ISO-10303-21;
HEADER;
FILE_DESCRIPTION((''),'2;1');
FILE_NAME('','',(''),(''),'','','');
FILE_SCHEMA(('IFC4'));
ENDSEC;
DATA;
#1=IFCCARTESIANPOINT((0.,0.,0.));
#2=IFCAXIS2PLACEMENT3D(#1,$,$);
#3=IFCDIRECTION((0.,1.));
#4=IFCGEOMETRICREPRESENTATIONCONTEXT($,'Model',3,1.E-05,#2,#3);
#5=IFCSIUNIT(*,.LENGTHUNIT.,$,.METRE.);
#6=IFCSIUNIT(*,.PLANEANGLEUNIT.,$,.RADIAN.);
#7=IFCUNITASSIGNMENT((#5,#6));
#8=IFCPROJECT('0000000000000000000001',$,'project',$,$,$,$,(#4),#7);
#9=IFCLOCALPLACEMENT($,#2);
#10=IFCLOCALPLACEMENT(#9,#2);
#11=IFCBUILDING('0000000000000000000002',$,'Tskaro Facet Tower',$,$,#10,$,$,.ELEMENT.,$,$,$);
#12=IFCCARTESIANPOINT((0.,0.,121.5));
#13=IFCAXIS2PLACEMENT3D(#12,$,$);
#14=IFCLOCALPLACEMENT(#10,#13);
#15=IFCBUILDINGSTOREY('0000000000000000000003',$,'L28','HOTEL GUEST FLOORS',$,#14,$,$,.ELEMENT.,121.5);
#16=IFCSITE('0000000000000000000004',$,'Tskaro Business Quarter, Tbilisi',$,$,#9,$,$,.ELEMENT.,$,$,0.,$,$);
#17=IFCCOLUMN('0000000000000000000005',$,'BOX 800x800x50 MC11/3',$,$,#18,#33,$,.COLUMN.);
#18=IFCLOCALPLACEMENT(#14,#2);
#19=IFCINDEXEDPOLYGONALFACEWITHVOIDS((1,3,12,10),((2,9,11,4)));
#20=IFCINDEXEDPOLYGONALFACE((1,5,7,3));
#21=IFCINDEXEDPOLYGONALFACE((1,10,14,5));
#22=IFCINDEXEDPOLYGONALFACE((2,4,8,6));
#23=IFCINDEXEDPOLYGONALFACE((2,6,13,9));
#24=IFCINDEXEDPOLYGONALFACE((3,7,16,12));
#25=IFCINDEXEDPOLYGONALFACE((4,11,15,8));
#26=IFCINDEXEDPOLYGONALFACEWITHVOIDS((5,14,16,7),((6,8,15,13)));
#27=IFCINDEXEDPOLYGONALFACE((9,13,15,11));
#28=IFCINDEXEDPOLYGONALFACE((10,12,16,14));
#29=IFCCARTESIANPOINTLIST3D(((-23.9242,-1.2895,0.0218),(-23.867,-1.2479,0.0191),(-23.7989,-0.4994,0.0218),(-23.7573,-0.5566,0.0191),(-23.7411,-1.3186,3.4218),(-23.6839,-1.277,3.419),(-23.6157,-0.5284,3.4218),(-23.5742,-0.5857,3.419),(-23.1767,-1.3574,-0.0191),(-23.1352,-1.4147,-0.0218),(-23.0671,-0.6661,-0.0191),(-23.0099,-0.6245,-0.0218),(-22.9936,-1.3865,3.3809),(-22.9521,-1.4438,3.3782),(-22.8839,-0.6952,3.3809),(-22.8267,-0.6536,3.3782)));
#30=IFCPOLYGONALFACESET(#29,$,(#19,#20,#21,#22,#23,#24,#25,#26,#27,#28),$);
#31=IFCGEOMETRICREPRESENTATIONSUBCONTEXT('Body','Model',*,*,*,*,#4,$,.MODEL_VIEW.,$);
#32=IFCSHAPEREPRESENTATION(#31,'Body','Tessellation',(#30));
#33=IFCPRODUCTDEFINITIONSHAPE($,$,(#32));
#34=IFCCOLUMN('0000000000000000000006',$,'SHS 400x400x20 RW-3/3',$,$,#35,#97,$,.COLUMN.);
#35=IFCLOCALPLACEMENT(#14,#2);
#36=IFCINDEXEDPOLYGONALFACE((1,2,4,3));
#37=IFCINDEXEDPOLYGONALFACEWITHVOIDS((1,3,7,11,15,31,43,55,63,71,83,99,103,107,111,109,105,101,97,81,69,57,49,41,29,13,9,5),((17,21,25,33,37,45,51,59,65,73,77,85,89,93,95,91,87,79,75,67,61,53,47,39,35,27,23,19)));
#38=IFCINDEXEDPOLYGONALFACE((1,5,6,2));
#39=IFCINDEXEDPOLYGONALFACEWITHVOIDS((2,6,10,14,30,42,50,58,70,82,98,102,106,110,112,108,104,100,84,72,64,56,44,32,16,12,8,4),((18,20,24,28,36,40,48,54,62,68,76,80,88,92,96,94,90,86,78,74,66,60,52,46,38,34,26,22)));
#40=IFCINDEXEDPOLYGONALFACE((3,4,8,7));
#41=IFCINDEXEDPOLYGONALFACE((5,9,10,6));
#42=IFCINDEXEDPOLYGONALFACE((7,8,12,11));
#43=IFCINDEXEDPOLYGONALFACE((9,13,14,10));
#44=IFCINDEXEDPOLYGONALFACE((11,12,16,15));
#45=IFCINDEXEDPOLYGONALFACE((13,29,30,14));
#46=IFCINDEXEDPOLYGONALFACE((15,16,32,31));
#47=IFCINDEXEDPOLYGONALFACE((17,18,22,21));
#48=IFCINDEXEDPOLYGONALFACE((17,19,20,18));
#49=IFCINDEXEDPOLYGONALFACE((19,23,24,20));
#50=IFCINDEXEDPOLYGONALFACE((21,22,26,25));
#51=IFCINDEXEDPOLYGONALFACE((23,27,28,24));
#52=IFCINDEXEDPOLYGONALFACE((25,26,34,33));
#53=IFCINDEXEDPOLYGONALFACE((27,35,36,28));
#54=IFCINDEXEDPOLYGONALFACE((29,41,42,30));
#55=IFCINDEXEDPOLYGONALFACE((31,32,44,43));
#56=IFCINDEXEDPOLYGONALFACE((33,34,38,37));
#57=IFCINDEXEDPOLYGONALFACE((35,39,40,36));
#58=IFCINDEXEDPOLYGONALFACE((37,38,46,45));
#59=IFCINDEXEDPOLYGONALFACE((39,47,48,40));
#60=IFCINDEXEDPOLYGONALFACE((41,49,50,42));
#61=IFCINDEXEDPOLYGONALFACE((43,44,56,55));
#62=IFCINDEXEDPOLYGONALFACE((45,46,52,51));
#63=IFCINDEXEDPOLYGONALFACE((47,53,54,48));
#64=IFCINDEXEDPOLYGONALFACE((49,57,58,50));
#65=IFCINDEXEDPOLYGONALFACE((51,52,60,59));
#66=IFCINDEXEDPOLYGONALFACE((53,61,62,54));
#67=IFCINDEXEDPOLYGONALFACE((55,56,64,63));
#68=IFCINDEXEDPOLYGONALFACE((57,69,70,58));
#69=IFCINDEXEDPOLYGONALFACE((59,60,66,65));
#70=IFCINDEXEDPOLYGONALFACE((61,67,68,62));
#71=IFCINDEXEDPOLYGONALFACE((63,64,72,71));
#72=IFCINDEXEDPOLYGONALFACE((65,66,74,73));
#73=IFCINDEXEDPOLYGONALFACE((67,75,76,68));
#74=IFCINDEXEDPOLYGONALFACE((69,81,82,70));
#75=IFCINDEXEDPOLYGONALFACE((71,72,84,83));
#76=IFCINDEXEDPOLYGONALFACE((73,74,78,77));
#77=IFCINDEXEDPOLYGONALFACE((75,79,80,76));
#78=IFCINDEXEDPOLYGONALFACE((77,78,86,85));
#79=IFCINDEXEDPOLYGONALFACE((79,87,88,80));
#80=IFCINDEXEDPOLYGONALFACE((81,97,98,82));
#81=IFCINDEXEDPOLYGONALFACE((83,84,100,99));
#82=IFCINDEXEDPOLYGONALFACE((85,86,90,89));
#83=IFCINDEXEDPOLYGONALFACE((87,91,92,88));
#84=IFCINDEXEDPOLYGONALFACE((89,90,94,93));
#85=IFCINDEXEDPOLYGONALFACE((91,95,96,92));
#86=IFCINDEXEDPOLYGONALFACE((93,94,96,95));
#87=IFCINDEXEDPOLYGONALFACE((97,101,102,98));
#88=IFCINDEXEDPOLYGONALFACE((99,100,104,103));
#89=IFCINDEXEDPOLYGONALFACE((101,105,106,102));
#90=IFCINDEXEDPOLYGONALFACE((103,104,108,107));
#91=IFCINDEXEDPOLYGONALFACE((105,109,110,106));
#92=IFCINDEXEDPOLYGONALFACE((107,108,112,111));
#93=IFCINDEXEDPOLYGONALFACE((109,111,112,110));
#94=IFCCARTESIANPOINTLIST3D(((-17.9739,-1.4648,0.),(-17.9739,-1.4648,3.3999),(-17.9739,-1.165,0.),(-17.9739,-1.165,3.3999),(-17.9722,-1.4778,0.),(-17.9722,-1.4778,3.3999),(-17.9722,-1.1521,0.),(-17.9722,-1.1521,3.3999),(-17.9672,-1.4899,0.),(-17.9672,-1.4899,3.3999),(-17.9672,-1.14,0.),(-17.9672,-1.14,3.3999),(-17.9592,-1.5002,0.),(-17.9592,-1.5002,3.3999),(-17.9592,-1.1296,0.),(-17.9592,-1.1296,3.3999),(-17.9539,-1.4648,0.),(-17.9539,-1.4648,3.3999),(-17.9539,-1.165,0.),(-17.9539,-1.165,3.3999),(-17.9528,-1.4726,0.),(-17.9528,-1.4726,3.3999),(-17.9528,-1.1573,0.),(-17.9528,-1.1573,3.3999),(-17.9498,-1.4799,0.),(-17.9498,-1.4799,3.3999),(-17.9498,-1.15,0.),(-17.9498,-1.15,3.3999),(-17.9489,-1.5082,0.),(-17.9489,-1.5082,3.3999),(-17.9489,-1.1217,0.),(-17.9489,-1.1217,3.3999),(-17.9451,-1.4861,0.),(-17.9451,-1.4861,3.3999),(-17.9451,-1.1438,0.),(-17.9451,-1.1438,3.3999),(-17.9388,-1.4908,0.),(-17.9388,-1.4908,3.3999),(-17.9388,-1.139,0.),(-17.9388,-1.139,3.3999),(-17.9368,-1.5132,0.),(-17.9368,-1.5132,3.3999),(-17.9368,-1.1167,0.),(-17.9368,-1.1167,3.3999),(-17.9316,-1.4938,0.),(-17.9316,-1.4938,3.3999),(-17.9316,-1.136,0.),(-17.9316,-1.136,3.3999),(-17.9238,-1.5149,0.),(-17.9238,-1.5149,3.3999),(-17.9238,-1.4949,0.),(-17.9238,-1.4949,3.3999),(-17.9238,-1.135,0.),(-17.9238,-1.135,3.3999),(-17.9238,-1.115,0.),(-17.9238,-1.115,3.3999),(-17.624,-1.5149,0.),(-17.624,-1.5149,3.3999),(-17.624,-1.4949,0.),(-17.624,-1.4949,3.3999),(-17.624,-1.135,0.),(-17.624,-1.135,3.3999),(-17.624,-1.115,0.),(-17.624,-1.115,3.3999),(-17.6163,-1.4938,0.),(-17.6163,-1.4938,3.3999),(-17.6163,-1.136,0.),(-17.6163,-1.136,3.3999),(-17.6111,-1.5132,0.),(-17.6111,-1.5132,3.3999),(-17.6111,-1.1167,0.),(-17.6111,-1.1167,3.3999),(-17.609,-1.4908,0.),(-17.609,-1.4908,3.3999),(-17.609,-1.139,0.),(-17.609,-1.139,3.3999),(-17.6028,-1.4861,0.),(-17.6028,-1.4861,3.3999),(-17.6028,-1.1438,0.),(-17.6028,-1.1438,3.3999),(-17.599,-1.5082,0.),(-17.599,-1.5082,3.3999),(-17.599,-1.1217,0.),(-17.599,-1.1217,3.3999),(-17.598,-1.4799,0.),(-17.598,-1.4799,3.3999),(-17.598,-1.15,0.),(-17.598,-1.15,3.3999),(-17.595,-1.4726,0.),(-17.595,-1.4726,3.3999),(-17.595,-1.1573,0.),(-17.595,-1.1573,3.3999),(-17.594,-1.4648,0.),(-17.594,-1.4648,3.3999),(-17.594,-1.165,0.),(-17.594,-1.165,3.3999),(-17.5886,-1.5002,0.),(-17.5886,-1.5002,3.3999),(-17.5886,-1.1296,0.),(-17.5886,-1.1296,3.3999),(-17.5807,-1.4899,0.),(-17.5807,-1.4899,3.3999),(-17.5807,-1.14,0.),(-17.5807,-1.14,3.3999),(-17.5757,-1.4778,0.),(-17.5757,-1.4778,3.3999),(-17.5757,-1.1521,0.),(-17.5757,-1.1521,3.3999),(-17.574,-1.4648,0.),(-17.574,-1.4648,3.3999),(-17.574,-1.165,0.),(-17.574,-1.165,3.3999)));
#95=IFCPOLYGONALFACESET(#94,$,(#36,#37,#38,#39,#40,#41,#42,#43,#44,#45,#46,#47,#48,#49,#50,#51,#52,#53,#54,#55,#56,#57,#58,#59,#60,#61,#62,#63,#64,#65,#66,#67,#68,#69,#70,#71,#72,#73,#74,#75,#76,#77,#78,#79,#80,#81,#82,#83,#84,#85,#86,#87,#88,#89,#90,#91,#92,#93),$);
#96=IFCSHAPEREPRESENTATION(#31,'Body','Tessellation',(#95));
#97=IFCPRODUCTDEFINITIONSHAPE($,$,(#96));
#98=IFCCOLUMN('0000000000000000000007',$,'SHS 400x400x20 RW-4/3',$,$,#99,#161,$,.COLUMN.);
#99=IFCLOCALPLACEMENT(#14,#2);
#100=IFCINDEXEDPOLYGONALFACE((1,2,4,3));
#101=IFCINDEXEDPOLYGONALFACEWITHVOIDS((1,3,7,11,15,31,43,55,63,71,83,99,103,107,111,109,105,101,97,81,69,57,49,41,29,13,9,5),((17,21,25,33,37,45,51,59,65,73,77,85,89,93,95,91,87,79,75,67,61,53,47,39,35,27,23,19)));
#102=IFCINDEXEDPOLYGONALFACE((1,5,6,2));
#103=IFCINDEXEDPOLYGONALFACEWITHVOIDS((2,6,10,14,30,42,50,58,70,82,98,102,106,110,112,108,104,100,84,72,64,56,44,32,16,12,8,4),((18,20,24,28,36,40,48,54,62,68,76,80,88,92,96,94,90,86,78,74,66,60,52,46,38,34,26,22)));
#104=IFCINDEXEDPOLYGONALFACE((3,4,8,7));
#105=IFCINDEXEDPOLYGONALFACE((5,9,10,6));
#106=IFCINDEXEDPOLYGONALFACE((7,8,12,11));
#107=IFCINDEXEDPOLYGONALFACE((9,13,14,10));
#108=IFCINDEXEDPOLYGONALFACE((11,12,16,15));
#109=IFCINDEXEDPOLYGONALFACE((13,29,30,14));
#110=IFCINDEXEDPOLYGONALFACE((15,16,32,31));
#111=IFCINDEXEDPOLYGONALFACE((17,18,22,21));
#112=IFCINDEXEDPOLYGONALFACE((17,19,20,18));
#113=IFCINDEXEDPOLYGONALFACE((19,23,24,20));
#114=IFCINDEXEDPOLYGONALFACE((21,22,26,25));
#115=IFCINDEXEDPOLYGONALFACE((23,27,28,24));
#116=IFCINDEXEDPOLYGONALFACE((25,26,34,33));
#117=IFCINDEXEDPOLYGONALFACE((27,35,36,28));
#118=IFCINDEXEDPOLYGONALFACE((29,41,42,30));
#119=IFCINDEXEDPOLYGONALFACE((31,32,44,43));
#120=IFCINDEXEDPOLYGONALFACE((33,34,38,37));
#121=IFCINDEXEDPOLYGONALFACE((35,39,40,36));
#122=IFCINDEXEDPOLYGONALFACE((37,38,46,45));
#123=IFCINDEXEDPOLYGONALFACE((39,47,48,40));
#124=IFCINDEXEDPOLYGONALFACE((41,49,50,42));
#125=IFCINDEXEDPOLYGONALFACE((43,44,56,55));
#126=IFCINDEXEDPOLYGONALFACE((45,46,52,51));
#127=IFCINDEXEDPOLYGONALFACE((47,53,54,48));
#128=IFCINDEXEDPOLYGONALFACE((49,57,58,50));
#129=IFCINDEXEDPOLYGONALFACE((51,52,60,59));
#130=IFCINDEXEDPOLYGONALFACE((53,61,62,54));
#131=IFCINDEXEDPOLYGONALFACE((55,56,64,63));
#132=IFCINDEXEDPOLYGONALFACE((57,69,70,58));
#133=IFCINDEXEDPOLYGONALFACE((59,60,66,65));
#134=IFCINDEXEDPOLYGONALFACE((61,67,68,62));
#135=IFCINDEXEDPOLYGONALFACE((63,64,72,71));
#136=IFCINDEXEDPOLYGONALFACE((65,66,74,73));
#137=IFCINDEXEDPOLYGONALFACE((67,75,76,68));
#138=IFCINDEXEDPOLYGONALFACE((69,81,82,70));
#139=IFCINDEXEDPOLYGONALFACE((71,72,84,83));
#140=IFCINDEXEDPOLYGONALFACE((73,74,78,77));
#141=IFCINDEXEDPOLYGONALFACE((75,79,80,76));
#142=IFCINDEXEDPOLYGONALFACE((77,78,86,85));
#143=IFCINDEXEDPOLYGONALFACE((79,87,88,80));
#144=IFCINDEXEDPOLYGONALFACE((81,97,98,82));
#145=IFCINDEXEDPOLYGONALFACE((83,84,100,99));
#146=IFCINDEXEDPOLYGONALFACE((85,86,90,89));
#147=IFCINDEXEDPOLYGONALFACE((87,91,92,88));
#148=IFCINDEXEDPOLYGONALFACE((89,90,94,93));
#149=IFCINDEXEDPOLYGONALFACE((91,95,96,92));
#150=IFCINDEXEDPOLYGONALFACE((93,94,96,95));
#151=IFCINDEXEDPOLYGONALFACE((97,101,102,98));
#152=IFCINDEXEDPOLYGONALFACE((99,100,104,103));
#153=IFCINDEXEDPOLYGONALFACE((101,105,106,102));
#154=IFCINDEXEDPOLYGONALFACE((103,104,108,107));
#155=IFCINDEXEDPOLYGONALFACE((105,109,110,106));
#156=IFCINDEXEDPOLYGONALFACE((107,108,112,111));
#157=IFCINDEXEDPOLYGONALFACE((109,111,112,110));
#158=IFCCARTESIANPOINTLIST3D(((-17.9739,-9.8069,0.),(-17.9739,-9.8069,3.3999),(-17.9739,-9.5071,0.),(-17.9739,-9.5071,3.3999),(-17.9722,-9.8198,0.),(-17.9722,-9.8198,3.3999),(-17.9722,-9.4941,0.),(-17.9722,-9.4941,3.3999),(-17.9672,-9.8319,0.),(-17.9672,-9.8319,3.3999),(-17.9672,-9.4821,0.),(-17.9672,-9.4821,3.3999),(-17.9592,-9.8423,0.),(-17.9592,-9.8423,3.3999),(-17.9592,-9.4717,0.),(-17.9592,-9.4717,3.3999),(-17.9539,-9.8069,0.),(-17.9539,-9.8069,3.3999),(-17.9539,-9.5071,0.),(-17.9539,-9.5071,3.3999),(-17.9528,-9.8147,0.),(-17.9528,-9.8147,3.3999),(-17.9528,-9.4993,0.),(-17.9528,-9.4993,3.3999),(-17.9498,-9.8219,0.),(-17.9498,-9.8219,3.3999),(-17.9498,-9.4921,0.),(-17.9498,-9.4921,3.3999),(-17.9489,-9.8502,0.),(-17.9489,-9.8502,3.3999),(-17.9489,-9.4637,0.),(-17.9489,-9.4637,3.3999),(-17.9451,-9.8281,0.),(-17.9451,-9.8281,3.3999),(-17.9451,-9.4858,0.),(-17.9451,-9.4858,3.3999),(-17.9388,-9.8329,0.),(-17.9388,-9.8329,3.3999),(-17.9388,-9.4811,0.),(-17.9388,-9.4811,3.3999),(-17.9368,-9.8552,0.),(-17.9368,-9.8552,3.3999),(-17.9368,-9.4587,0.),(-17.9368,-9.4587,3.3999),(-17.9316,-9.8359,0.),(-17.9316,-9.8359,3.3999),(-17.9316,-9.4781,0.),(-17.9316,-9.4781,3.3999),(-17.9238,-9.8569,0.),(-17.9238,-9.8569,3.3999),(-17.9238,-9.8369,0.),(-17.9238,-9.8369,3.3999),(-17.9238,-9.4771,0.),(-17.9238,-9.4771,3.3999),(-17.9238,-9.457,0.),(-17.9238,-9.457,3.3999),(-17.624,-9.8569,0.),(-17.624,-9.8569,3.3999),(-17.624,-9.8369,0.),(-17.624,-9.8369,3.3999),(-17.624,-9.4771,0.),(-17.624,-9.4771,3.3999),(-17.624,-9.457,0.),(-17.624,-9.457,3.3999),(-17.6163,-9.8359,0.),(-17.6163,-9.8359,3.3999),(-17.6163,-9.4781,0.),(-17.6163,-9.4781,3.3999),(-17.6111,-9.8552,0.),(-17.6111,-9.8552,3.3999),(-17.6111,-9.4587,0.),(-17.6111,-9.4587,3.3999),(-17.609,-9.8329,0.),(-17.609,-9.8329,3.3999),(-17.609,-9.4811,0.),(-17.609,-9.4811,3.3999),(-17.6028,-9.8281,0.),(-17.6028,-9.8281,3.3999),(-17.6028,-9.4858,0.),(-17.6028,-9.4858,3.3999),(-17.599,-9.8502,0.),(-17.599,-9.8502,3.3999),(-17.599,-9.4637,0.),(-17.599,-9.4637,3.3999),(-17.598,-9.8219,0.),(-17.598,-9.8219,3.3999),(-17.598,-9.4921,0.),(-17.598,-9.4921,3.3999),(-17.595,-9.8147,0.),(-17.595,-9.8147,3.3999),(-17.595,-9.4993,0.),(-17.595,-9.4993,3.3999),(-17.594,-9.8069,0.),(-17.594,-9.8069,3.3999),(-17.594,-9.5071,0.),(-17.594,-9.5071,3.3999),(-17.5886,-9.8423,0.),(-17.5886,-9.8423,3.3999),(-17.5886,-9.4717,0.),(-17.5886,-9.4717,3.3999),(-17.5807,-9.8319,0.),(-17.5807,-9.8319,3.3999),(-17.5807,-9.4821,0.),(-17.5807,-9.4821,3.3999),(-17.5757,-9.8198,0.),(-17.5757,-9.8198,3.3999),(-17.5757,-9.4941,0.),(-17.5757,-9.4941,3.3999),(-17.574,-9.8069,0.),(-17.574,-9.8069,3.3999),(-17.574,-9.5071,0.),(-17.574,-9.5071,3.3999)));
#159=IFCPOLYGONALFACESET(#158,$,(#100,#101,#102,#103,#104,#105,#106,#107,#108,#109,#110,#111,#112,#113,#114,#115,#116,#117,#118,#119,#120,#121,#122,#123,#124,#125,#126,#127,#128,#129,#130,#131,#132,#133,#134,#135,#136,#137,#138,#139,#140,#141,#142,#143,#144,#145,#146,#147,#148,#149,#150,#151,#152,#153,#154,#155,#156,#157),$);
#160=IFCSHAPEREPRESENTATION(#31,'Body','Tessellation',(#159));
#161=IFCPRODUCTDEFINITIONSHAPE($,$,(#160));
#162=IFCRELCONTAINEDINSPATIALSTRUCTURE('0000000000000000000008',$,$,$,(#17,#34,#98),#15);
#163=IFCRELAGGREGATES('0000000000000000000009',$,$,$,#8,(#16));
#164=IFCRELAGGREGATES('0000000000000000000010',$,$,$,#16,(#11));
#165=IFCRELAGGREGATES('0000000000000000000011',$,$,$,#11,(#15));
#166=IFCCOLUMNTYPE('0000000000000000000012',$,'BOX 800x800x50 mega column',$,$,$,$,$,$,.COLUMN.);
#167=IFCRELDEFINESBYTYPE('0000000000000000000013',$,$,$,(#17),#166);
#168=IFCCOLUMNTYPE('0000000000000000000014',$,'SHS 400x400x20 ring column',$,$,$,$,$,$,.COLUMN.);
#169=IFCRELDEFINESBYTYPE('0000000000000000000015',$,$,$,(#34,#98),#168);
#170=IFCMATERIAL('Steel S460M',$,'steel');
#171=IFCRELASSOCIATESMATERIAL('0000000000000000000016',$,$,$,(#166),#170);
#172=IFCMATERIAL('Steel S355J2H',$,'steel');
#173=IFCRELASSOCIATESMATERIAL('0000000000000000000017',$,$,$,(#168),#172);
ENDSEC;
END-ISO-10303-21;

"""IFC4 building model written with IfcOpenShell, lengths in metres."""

from ifc_helpers import new_model, si_unit, direction, frame, origin, origin_2d, place, context, subcontext, project, spatial, hollow_rectangle, extrude, material, material_profile, profile_set, type_object, element, save


model = new_model("IFC4")

# Units and contexts
model_context = context("Model", 3, precision=1e-05, world=origin(), true_north=direction((0.0, 1.0)))
body_context = subcontext(model_context, "Body", "Model", "MODEL_VIEW")
ifc_project = project(units=[si_unit("LENGTHUNIT", "METRE"), si_unit("PLANEANGLEUNIT", "RADIAN")], contexts=[model_context])

# Site, building, storey
site_placement = place(None, origin())
site = spatial("IfcSite", under=ifc_project, at=site_placement, Name="Tskaro Business Quarter, Tbilisi", CompositionType="ELEMENT", RefElevation=0.0)
building_placement = place(site_placement, origin())
building = spatial("IfcBuilding", under=site, at=building_placement, Name="Tskaro Facet Tower", CompositionType="ELEMENT")
storey_placement = place(building_placement, frame((0.0, 0.0, 121.5)))
storey = spatial("IfcBuildingStorey", under=building, at=storey_placement, Name="L28", Description="HOTEL GUEST FLOORS", CompositionType="ELEMENT", Elevation=121.5)

# Columns
ifc_material_1 = material(Name="Steel S460M", Category="steel")
ifc_material_profile_1 = material_profile(ifc_material_1, hollow_rectangle(XDim=0.8, YDim=0.8, WallThickness=0.05, at=origin_2d()), Name="BOX 800x800x50")
ifc_profile_set_1 = profile_set([ifc_material_profile_1], Name="Steel S460M")
column_type_1 = type_object("IfcColumnType", Name="BOX 800x800x50 mega column", PredefinedType="COLUMN", material=ifc_profile_set_1)
column_placement = place(storey_placement, frame((-23.467, -0.957, 0.0), z_axis=(0.053776, -0.008532, 0.998517), x_axis=(0.156706, 0.987645, 0.0)))
element("IfcColumn", 1, at=column_placement, inside=storey, type_object=column_type_1, Name="BOX 800x800x50 MC11/3", PredefinedType="COLUMN", context=body_context, shape_type="SweptSolid", body=[
    extrude(hollow_rectangle(XDim=0.8, YDim=0.8, WallThickness=0.05, at=origin_2d()), origin(), (0.0, 0.0, 1.0), 3.405),
])
ifc_material_2 = material(Name="Steel S355J2H", Category="steel")
ifc_material_profile_2 = material_profile(ifc_material_2, hollow_rectangle(XDim=0.3999, YDim=0.3999, WallThickness=0.02, InnerFilletRadius=0.03, OuterFilletRadius=0.05, at=origin_2d()), Name="SHS 400x400x20")
ifc_profile_set_2 = profile_set([ifc_material_profile_2], Name="Steel S355J2H")
column_type_2 = type_object("IfcColumnType", Name="SHS 400x400x20 ring column", PredefinedType="COLUMN", material=ifc_profile_set_2)
for number, where, z_axis, x_axis, name in (
    (2, (-17.7739, -1.3149, 0.0), (0.0, 0.0, 1.0), (1.0, 0.0, 0.0), "SHS 400x400x20 RW-3/3"),
    (3, (-17.7739, -9.657, 0.0), (0.0, 0.0, 1.0), (1.0, 0.0, 0.0), "SHS 400x400x20 RW-4/3"),
):
    element("IfcColumn", number, at=place(storey_placement, frame(where, z_axis=z_axis, x_axis=x_axis)), inside=storey, type_object=column_type_2, Name=name, PredefinedType="COLUMN", context=body_context, shape_type="SweptSolid", body=[
        extrude(hollow_rectangle(XDim=0.3999, YDim=0.3999, WallThickness=0.02, InnerFilletRadius=0.03, OuterFilletRadius=0.05, at=origin_2d()), origin(), (0.0, 0.0, 1.0), 3.3999),
    ])

save(model, "model.ifc")
